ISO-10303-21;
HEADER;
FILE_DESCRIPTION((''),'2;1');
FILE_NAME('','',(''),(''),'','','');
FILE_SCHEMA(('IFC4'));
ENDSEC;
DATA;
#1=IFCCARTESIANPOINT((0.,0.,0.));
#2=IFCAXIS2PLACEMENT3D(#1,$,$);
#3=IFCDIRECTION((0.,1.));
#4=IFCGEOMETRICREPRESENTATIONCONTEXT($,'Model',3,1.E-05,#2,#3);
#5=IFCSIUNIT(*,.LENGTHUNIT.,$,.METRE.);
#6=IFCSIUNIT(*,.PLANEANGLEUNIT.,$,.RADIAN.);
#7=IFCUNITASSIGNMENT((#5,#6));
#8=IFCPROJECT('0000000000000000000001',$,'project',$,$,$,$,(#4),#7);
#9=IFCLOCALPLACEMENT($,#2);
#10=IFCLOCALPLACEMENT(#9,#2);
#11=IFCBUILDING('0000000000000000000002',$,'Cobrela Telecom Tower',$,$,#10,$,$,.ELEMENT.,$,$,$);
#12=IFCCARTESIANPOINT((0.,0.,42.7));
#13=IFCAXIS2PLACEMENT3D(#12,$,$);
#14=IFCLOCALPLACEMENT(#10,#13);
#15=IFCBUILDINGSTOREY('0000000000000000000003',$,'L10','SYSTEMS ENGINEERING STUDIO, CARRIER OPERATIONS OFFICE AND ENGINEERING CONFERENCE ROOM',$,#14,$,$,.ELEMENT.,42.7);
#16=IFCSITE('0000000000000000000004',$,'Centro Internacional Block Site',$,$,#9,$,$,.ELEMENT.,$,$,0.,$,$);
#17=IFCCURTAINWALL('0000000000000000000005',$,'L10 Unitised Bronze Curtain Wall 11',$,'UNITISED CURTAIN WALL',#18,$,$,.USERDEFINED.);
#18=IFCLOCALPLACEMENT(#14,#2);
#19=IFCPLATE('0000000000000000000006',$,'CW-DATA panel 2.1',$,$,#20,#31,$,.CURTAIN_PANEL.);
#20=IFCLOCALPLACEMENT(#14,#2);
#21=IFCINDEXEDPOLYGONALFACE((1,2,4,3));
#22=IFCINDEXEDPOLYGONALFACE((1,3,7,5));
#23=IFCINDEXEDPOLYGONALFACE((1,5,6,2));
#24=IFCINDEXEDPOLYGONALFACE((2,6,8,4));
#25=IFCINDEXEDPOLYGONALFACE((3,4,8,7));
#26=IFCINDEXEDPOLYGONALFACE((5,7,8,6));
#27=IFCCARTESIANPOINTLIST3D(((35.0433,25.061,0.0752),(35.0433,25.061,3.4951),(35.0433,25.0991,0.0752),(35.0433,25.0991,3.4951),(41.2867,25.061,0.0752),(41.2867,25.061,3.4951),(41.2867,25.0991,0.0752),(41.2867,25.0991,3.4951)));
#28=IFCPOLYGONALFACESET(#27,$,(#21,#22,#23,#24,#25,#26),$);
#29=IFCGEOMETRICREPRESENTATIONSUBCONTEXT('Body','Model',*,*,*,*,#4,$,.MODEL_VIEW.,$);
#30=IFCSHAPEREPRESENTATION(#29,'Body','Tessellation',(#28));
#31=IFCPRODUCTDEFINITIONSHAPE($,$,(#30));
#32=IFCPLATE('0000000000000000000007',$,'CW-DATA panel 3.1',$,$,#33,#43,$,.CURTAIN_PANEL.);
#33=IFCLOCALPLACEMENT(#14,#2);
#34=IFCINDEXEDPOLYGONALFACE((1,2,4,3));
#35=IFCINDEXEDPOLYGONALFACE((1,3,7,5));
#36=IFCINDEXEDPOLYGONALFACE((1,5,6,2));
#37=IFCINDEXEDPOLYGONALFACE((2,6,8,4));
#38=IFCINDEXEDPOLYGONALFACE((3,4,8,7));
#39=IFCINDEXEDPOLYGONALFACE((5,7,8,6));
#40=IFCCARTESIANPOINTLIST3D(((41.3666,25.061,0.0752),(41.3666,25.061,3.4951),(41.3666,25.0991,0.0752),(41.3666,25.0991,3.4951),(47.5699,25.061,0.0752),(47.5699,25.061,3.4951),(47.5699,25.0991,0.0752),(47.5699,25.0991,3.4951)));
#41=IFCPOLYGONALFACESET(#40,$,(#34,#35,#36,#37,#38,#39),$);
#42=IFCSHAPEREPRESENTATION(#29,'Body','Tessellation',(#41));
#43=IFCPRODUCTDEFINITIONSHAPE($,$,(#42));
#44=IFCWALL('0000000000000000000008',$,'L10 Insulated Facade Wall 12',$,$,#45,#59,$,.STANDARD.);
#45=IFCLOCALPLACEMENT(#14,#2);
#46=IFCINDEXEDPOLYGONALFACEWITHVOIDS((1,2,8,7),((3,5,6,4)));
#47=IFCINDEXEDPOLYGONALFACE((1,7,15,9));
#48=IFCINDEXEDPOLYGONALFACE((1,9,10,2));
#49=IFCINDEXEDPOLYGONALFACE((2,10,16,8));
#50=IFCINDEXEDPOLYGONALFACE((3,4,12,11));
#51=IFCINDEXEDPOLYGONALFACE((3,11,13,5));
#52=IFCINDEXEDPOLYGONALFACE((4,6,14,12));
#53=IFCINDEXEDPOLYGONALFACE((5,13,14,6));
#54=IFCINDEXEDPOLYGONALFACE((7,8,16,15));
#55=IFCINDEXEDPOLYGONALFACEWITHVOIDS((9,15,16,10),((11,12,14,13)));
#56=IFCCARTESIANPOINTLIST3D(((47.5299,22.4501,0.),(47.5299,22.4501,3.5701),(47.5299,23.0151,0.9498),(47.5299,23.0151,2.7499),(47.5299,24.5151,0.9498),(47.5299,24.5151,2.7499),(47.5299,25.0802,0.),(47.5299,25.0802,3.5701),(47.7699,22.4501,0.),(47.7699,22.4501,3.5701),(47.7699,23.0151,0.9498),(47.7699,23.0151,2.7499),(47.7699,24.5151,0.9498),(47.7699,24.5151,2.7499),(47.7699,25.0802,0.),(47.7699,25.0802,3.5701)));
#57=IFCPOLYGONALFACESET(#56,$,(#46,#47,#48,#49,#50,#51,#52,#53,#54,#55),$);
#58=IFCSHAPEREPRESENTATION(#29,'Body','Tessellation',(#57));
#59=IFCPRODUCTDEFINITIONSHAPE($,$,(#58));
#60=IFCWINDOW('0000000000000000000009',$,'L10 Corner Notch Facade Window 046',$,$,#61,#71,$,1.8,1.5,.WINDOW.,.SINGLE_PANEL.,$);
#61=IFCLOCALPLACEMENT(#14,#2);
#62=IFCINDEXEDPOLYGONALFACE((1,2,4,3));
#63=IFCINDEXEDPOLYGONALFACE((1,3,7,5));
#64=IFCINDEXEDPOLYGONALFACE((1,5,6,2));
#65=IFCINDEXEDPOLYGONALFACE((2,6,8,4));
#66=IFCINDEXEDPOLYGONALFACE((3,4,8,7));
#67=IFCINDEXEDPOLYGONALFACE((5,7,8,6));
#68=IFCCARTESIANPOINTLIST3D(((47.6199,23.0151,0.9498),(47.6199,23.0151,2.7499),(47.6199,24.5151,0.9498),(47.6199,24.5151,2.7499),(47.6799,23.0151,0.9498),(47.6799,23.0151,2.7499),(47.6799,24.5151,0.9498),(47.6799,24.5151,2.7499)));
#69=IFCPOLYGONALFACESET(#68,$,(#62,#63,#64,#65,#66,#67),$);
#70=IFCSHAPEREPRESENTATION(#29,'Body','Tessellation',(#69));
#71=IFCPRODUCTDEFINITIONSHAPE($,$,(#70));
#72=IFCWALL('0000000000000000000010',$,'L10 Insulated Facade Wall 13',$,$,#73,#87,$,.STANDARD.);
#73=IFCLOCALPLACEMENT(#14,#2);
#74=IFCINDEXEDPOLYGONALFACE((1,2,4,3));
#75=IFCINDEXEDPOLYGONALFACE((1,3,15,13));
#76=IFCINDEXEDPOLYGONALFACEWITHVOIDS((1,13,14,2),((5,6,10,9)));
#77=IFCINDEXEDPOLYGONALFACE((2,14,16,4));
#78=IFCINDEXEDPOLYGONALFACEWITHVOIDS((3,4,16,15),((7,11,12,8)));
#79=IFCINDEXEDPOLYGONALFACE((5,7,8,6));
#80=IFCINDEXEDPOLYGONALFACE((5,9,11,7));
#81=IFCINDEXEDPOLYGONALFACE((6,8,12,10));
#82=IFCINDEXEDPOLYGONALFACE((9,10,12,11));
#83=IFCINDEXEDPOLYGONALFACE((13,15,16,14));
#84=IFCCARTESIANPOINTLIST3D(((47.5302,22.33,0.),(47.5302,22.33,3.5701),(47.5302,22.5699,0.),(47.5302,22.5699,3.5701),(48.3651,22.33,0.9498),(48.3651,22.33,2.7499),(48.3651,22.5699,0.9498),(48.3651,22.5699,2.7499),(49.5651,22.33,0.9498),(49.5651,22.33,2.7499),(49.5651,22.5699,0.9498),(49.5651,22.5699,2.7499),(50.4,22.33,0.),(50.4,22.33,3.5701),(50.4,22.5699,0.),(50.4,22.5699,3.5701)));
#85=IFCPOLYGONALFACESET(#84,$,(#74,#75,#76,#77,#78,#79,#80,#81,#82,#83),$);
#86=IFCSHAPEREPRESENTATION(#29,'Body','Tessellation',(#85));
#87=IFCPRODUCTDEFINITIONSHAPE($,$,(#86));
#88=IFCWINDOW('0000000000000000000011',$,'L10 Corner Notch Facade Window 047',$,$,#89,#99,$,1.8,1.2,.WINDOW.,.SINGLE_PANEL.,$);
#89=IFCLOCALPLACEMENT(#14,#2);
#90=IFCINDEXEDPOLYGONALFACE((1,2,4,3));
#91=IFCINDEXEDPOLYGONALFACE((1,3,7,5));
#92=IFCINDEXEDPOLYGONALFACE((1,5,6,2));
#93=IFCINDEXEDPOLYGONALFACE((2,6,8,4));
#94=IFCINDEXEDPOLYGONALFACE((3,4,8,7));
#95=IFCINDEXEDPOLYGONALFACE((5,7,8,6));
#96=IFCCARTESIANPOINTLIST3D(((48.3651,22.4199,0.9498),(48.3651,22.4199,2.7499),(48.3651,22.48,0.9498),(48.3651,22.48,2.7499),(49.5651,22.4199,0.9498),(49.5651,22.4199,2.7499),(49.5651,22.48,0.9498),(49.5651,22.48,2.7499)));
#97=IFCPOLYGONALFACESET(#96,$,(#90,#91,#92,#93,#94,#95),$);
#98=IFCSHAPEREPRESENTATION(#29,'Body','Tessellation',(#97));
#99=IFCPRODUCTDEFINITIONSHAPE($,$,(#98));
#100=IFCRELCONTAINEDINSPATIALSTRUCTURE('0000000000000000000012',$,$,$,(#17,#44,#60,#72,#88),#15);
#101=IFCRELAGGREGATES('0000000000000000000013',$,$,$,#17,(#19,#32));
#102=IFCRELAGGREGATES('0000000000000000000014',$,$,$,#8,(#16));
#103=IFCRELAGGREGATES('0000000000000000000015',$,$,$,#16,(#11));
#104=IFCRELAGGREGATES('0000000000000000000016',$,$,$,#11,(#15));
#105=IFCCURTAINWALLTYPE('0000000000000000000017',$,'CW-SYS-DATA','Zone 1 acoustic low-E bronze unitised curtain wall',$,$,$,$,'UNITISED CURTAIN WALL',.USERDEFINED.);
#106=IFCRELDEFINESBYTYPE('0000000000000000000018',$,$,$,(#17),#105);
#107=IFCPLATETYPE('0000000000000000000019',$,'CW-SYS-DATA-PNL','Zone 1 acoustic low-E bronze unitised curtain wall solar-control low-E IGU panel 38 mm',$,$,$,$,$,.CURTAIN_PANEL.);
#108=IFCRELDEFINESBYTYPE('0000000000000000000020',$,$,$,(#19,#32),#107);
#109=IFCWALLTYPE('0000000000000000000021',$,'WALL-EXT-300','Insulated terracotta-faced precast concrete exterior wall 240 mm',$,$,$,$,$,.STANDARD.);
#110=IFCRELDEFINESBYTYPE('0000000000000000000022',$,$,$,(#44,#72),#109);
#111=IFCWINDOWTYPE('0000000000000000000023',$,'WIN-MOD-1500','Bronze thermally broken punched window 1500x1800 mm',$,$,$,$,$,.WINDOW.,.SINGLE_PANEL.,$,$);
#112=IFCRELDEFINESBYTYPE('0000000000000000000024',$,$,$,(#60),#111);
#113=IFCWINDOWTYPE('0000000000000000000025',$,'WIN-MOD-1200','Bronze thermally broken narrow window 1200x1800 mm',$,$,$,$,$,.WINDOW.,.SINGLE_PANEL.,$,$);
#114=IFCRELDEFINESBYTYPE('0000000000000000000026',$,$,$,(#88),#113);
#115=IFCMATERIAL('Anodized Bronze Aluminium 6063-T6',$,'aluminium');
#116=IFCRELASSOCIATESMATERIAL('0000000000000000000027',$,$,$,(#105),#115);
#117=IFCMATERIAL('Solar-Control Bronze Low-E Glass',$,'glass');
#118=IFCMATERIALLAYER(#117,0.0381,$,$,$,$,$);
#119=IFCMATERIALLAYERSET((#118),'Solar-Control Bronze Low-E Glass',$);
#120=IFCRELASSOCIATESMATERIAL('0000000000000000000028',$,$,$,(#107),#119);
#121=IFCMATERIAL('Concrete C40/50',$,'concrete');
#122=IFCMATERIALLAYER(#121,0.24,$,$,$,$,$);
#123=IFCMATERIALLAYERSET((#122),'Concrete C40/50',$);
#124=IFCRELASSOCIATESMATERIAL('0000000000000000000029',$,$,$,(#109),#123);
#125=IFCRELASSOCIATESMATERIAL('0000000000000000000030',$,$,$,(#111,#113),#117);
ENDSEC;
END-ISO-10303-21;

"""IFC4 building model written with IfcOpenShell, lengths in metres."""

from ifc_helpers import new_model, si_unit, direction, frame, frame_2d, origin, origin_2d, place, context, subcontext, project, spatial, rectangle, extrude, material, layer, layer_set, type_object, element, fill, aggregate, save


model = new_model("IFC4")

# Units and contexts
model_context = context("Model", 3, precision=1e-05, world=origin(), true_north=direction((0.0, 1.0)))
body_context = subcontext(model_context, "Body", "Model", "MODEL_VIEW")
ifc_project = project(units=[si_unit("LENGTHUNIT", "METRE"), si_unit("PLANEANGLEUNIT", "RADIAN")], contexts=[model_context])

# Site, building, storey
site_placement = place(None, origin())
site = spatial("IfcSite", under=ifc_project, at=site_placement, Name="Centro Internacional Block Site", CompositionType="ELEMENT", RefElevation=0.0)
building_placement = place(site_placement, origin())
building = spatial("IfcBuilding", under=site, at=building_placement, Name="Cobrela Telecom Tower", CompositionType="ELEMENT")
storey_placement = place(building_placement, frame((0.0, 0.0, 42.7)))
storey = spatial("IfcBuildingStorey", under=building, at=storey_placement, Name="L10", Description="SYSTEMS ENGINEERING STUDIO, CARRIER OPERATIONS OFFICE AND ENGINEERING CONFERENCE ROOM", CompositionType="ELEMENT", Elevation=42.7)

# Shared definitions
ifc_material_1 = material(Name="Anodized Bronze Aluminium 6063-T6", Category="aluminium")
curtain_wall_type = type_object("IfcCurtainWallType", Name="CW-SYS-DATA", Description="Zone 1 acoustic low-E bronze unitised curtain wall", ElementType="UNITISED CURTAIN WALL", PredefinedType="USERDEFINED", material=ifc_material_1)

# Curtain wall
curtain_wall_1_placement = place(storey_placement, origin())
curtain_wall_1 = element("IfcCurtainWall", 1, at=curtain_wall_1_placement, inside=storey, type_object=curtain_wall_type, Name="L10 Unitised Bronze Curtain Wall 11", ObjectType="UNITISED CURTAIN WALL", PredefinedType="USERDEFINED")

# Plates
ifc_material_2 = material(Name="Solar-Control Bronze Low-E Glass", Category="glass")
ifc_layer_1 = layer(ifc_material_2, 0.0381)
ifc_layer_set_1 = layer_set([ifc_layer_1], Name="Solar-Control Bronze Low-E Glass")
plate_type = type_object("IfcPlateType", Name="CW-SYS-DATA-PNL", Description="Zone 1 acoustic low-E bronze unitised curtain wall solar-control low-E IGU panel 38 mm", PredefinedType="CURTAIN_PANEL", material=ifc_layer_set_1)
plate_1_placement = place(storey_placement, frame((38.165, 25.0801, 0.0752), z_axis=(0.0, 0.0, 1.0), x_axis=(1.0, 0.0, 0.0)))
plate_1 = element("IfcPlate", 2, at=plate_1_placement, type_object=plate_type, Name="CW-DATA panel 2.1", PredefinedType="CURTAIN_PANEL", context=body_context, shape_type="SweptSolid", body=[
    extrude(rectangle(XDim=6.2434, YDim=0.0381, at=origin_2d()), origin(), (0.0, 0.0, 1.0), 3.4199),
])
plate_2_placement = place(storey_placement, frame((44.4683, 25.0801, 0.0752), z_axis=(0.0, 0.0, 1.0), x_axis=(1.0, 0.0, 0.0)))
plate_2 = element("IfcPlate", 3, at=plate_2_placement, type_object=plate_type, Name="CW-DATA panel 3.1", PredefinedType="CURTAIN_PANEL", context=body_context, shape_type="SweptSolid", body=[
    extrude(rectangle(XDim=6.2034, YDim=0.0381, at=origin_2d()), origin(), (0.0, 0.0, 1.0), 3.4199),
])
aggregate(curtain_wall_1, [plate_1, plate_2])

# Walls, openings, windows
ifc_material_3 = material(Name="Concrete C40/50", Category="concrete")
ifc_layer_2 = layer(ifc_material_3, 0.24)
ifc_layer_set_2 = layer_set([ifc_layer_2], Name="Concrete C40/50")
wall_type = type_object("IfcWallType", Name="WALL-EXT-300", Description="Insulated terracotta-faced precast concrete exterior wall 240 mm", PredefinedType="STANDARD", material=ifc_layer_set_2)
wall_1_placement = place(storey_placement, frame((47.6499, 25.0801, 0.0), z_axis=(0.0, 0.0, 1.0), x_axis=(0.0, -1.0, 0.0)))
wall_1 = element("IfcWall", 4, at=wall_1_placement, inside=storey, type_object=wall_type, Name="L10 Insulated Facade Wall 12", PredefinedType="STANDARD", context=body_context, shape_type="SweptSolid", body=[
    extrude(rectangle(XDim=2.6301, YDim=0.24, at=frame_2d((1.3149, 0.0))), origin(), (0.0, 0.0, 1.0), 3.5701),
])
opening_1_placement = place(wall_1_placement, frame((0.5649, 0.0, 0.95)))
opening_1 = element("IfcOpeningElement", 5, at=opening_1_placement, cuts=wall_1, PredefinedType="OPENING", context=body_context, shape_type="SweptSolid", body=[
    extrude(rectangle(XDim=1.5, YDim=1.8, at=frame_2d((0.75, 0.8999))), frame((0.0, 0.1318, 0.0), z_axis=(0.0, -1.0, 0.0), x_axis=(1.0, 0.0, 0.0)), (0.0, 0.0, 1.0), 0.2639),
])
window_type_1 = type_object("IfcWindowType", Name="WIN-MOD-1500", Description="Bronze thermally broken punched window 1500x1800 mm", PartitioningType="SINGLE_PANEL", PredefinedType="WINDOW", material=ifc_material_2)
window_1_placement = place(opening_1_placement, origin())
window_1 = element("IfcWindow", 6, at=window_1_placement, inside=storey, type_object=window_type_1, Name="L10 Corner Notch Facade Window 046", OverallHeight=1.8, OverallWidth=1.5, PartitioningType="SINGLE_PANEL", PredefinedType="WINDOW", context=body_context, shape_type="SweptSolid", body=[
    extrude(rectangle(XDim=1.5, YDim=1.8, at=frame_2d((0.75, 0.8999))), frame((0.0, 0.03, 0.0), z_axis=(0.0, -1.0, 0.0), x_axis=(1.0, 0.0, 0.0)), (0.0, 0.0, 1.0), 0.0601),
])
fill(opening_1, window_1)
wall_2_placement = place(storey_placement, frame((47.53, 22.45, 0.0), z_axis=(0.0, 0.0, 1.0), x_axis=(1.0, 0.0, 0.0)))
wall_2 = element("IfcWall", 7, at=wall_2_placement, inside=storey, type_object=wall_type, Name="L10 Insulated Facade Wall 13", PredefinedType="STANDARD", context=body_context, shape_type="SweptSolid", body=[
    extrude(rectangle(XDim=2.8699, YDim=0.24, at=frame_2d((1.4351, 0.0))), origin(), (0.0, 0.0, 1.0), 3.5701),
])
opening_2_placement = place(wall_2_placement, frame((0.835, 0.0, 0.95)))
opening_2 = element("IfcOpeningElement", 8, at=opening_2_placement, cuts=wall_2, PredefinedType="OPENING", context=body_context, shape_type="SweptSolid", body=[
    extrude(rectangle(XDim=1.2, YDim=1.8, at=frame_2d((0.6001, 0.8999))), frame((0.0, 0.1318, 0.0), z_axis=(0.0, -1.0, 0.0), x_axis=(1.0, 0.0, 0.0)), (0.0, 0.0, 1.0), 0.2639),
])
window_type_2 = type_object("IfcWindowType", Name="WIN-MOD-1200", Description="Bronze thermally broken narrow window 1200x1800 mm", PartitioningType="SINGLE_PANEL", PredefinedType="WINDOW", material=ifc_material_2)
window_2_placement = place(opening_2_placement, origin())
window_2 = element("IfcWindow", 9, at=window_2_placement, inside=storey, type_object=window_type_2, Name="L10 Corner Notch Facade Window 047", OverallHeight=1.8, OverallWidth=1.2, PartitioningType="SINGLE_PANEL", PredefinedType="WINDOW", context=body_context, shape_type="SweptSolid", body=[
    extrude(rectangle(XDim=1.2, YDim=1.8, at=frame_2d((0.6001, 0.8999))), frame((0.0, 0.03, 0.0), z_axis=(0.0, -1.0, 0.0), x_axis=(1.0, 0.0, 0.0)), (0.0, 0.0, 1.0), 0.0601),
])
fill(opening_2, window_2)

save(model, "model.ifc")
